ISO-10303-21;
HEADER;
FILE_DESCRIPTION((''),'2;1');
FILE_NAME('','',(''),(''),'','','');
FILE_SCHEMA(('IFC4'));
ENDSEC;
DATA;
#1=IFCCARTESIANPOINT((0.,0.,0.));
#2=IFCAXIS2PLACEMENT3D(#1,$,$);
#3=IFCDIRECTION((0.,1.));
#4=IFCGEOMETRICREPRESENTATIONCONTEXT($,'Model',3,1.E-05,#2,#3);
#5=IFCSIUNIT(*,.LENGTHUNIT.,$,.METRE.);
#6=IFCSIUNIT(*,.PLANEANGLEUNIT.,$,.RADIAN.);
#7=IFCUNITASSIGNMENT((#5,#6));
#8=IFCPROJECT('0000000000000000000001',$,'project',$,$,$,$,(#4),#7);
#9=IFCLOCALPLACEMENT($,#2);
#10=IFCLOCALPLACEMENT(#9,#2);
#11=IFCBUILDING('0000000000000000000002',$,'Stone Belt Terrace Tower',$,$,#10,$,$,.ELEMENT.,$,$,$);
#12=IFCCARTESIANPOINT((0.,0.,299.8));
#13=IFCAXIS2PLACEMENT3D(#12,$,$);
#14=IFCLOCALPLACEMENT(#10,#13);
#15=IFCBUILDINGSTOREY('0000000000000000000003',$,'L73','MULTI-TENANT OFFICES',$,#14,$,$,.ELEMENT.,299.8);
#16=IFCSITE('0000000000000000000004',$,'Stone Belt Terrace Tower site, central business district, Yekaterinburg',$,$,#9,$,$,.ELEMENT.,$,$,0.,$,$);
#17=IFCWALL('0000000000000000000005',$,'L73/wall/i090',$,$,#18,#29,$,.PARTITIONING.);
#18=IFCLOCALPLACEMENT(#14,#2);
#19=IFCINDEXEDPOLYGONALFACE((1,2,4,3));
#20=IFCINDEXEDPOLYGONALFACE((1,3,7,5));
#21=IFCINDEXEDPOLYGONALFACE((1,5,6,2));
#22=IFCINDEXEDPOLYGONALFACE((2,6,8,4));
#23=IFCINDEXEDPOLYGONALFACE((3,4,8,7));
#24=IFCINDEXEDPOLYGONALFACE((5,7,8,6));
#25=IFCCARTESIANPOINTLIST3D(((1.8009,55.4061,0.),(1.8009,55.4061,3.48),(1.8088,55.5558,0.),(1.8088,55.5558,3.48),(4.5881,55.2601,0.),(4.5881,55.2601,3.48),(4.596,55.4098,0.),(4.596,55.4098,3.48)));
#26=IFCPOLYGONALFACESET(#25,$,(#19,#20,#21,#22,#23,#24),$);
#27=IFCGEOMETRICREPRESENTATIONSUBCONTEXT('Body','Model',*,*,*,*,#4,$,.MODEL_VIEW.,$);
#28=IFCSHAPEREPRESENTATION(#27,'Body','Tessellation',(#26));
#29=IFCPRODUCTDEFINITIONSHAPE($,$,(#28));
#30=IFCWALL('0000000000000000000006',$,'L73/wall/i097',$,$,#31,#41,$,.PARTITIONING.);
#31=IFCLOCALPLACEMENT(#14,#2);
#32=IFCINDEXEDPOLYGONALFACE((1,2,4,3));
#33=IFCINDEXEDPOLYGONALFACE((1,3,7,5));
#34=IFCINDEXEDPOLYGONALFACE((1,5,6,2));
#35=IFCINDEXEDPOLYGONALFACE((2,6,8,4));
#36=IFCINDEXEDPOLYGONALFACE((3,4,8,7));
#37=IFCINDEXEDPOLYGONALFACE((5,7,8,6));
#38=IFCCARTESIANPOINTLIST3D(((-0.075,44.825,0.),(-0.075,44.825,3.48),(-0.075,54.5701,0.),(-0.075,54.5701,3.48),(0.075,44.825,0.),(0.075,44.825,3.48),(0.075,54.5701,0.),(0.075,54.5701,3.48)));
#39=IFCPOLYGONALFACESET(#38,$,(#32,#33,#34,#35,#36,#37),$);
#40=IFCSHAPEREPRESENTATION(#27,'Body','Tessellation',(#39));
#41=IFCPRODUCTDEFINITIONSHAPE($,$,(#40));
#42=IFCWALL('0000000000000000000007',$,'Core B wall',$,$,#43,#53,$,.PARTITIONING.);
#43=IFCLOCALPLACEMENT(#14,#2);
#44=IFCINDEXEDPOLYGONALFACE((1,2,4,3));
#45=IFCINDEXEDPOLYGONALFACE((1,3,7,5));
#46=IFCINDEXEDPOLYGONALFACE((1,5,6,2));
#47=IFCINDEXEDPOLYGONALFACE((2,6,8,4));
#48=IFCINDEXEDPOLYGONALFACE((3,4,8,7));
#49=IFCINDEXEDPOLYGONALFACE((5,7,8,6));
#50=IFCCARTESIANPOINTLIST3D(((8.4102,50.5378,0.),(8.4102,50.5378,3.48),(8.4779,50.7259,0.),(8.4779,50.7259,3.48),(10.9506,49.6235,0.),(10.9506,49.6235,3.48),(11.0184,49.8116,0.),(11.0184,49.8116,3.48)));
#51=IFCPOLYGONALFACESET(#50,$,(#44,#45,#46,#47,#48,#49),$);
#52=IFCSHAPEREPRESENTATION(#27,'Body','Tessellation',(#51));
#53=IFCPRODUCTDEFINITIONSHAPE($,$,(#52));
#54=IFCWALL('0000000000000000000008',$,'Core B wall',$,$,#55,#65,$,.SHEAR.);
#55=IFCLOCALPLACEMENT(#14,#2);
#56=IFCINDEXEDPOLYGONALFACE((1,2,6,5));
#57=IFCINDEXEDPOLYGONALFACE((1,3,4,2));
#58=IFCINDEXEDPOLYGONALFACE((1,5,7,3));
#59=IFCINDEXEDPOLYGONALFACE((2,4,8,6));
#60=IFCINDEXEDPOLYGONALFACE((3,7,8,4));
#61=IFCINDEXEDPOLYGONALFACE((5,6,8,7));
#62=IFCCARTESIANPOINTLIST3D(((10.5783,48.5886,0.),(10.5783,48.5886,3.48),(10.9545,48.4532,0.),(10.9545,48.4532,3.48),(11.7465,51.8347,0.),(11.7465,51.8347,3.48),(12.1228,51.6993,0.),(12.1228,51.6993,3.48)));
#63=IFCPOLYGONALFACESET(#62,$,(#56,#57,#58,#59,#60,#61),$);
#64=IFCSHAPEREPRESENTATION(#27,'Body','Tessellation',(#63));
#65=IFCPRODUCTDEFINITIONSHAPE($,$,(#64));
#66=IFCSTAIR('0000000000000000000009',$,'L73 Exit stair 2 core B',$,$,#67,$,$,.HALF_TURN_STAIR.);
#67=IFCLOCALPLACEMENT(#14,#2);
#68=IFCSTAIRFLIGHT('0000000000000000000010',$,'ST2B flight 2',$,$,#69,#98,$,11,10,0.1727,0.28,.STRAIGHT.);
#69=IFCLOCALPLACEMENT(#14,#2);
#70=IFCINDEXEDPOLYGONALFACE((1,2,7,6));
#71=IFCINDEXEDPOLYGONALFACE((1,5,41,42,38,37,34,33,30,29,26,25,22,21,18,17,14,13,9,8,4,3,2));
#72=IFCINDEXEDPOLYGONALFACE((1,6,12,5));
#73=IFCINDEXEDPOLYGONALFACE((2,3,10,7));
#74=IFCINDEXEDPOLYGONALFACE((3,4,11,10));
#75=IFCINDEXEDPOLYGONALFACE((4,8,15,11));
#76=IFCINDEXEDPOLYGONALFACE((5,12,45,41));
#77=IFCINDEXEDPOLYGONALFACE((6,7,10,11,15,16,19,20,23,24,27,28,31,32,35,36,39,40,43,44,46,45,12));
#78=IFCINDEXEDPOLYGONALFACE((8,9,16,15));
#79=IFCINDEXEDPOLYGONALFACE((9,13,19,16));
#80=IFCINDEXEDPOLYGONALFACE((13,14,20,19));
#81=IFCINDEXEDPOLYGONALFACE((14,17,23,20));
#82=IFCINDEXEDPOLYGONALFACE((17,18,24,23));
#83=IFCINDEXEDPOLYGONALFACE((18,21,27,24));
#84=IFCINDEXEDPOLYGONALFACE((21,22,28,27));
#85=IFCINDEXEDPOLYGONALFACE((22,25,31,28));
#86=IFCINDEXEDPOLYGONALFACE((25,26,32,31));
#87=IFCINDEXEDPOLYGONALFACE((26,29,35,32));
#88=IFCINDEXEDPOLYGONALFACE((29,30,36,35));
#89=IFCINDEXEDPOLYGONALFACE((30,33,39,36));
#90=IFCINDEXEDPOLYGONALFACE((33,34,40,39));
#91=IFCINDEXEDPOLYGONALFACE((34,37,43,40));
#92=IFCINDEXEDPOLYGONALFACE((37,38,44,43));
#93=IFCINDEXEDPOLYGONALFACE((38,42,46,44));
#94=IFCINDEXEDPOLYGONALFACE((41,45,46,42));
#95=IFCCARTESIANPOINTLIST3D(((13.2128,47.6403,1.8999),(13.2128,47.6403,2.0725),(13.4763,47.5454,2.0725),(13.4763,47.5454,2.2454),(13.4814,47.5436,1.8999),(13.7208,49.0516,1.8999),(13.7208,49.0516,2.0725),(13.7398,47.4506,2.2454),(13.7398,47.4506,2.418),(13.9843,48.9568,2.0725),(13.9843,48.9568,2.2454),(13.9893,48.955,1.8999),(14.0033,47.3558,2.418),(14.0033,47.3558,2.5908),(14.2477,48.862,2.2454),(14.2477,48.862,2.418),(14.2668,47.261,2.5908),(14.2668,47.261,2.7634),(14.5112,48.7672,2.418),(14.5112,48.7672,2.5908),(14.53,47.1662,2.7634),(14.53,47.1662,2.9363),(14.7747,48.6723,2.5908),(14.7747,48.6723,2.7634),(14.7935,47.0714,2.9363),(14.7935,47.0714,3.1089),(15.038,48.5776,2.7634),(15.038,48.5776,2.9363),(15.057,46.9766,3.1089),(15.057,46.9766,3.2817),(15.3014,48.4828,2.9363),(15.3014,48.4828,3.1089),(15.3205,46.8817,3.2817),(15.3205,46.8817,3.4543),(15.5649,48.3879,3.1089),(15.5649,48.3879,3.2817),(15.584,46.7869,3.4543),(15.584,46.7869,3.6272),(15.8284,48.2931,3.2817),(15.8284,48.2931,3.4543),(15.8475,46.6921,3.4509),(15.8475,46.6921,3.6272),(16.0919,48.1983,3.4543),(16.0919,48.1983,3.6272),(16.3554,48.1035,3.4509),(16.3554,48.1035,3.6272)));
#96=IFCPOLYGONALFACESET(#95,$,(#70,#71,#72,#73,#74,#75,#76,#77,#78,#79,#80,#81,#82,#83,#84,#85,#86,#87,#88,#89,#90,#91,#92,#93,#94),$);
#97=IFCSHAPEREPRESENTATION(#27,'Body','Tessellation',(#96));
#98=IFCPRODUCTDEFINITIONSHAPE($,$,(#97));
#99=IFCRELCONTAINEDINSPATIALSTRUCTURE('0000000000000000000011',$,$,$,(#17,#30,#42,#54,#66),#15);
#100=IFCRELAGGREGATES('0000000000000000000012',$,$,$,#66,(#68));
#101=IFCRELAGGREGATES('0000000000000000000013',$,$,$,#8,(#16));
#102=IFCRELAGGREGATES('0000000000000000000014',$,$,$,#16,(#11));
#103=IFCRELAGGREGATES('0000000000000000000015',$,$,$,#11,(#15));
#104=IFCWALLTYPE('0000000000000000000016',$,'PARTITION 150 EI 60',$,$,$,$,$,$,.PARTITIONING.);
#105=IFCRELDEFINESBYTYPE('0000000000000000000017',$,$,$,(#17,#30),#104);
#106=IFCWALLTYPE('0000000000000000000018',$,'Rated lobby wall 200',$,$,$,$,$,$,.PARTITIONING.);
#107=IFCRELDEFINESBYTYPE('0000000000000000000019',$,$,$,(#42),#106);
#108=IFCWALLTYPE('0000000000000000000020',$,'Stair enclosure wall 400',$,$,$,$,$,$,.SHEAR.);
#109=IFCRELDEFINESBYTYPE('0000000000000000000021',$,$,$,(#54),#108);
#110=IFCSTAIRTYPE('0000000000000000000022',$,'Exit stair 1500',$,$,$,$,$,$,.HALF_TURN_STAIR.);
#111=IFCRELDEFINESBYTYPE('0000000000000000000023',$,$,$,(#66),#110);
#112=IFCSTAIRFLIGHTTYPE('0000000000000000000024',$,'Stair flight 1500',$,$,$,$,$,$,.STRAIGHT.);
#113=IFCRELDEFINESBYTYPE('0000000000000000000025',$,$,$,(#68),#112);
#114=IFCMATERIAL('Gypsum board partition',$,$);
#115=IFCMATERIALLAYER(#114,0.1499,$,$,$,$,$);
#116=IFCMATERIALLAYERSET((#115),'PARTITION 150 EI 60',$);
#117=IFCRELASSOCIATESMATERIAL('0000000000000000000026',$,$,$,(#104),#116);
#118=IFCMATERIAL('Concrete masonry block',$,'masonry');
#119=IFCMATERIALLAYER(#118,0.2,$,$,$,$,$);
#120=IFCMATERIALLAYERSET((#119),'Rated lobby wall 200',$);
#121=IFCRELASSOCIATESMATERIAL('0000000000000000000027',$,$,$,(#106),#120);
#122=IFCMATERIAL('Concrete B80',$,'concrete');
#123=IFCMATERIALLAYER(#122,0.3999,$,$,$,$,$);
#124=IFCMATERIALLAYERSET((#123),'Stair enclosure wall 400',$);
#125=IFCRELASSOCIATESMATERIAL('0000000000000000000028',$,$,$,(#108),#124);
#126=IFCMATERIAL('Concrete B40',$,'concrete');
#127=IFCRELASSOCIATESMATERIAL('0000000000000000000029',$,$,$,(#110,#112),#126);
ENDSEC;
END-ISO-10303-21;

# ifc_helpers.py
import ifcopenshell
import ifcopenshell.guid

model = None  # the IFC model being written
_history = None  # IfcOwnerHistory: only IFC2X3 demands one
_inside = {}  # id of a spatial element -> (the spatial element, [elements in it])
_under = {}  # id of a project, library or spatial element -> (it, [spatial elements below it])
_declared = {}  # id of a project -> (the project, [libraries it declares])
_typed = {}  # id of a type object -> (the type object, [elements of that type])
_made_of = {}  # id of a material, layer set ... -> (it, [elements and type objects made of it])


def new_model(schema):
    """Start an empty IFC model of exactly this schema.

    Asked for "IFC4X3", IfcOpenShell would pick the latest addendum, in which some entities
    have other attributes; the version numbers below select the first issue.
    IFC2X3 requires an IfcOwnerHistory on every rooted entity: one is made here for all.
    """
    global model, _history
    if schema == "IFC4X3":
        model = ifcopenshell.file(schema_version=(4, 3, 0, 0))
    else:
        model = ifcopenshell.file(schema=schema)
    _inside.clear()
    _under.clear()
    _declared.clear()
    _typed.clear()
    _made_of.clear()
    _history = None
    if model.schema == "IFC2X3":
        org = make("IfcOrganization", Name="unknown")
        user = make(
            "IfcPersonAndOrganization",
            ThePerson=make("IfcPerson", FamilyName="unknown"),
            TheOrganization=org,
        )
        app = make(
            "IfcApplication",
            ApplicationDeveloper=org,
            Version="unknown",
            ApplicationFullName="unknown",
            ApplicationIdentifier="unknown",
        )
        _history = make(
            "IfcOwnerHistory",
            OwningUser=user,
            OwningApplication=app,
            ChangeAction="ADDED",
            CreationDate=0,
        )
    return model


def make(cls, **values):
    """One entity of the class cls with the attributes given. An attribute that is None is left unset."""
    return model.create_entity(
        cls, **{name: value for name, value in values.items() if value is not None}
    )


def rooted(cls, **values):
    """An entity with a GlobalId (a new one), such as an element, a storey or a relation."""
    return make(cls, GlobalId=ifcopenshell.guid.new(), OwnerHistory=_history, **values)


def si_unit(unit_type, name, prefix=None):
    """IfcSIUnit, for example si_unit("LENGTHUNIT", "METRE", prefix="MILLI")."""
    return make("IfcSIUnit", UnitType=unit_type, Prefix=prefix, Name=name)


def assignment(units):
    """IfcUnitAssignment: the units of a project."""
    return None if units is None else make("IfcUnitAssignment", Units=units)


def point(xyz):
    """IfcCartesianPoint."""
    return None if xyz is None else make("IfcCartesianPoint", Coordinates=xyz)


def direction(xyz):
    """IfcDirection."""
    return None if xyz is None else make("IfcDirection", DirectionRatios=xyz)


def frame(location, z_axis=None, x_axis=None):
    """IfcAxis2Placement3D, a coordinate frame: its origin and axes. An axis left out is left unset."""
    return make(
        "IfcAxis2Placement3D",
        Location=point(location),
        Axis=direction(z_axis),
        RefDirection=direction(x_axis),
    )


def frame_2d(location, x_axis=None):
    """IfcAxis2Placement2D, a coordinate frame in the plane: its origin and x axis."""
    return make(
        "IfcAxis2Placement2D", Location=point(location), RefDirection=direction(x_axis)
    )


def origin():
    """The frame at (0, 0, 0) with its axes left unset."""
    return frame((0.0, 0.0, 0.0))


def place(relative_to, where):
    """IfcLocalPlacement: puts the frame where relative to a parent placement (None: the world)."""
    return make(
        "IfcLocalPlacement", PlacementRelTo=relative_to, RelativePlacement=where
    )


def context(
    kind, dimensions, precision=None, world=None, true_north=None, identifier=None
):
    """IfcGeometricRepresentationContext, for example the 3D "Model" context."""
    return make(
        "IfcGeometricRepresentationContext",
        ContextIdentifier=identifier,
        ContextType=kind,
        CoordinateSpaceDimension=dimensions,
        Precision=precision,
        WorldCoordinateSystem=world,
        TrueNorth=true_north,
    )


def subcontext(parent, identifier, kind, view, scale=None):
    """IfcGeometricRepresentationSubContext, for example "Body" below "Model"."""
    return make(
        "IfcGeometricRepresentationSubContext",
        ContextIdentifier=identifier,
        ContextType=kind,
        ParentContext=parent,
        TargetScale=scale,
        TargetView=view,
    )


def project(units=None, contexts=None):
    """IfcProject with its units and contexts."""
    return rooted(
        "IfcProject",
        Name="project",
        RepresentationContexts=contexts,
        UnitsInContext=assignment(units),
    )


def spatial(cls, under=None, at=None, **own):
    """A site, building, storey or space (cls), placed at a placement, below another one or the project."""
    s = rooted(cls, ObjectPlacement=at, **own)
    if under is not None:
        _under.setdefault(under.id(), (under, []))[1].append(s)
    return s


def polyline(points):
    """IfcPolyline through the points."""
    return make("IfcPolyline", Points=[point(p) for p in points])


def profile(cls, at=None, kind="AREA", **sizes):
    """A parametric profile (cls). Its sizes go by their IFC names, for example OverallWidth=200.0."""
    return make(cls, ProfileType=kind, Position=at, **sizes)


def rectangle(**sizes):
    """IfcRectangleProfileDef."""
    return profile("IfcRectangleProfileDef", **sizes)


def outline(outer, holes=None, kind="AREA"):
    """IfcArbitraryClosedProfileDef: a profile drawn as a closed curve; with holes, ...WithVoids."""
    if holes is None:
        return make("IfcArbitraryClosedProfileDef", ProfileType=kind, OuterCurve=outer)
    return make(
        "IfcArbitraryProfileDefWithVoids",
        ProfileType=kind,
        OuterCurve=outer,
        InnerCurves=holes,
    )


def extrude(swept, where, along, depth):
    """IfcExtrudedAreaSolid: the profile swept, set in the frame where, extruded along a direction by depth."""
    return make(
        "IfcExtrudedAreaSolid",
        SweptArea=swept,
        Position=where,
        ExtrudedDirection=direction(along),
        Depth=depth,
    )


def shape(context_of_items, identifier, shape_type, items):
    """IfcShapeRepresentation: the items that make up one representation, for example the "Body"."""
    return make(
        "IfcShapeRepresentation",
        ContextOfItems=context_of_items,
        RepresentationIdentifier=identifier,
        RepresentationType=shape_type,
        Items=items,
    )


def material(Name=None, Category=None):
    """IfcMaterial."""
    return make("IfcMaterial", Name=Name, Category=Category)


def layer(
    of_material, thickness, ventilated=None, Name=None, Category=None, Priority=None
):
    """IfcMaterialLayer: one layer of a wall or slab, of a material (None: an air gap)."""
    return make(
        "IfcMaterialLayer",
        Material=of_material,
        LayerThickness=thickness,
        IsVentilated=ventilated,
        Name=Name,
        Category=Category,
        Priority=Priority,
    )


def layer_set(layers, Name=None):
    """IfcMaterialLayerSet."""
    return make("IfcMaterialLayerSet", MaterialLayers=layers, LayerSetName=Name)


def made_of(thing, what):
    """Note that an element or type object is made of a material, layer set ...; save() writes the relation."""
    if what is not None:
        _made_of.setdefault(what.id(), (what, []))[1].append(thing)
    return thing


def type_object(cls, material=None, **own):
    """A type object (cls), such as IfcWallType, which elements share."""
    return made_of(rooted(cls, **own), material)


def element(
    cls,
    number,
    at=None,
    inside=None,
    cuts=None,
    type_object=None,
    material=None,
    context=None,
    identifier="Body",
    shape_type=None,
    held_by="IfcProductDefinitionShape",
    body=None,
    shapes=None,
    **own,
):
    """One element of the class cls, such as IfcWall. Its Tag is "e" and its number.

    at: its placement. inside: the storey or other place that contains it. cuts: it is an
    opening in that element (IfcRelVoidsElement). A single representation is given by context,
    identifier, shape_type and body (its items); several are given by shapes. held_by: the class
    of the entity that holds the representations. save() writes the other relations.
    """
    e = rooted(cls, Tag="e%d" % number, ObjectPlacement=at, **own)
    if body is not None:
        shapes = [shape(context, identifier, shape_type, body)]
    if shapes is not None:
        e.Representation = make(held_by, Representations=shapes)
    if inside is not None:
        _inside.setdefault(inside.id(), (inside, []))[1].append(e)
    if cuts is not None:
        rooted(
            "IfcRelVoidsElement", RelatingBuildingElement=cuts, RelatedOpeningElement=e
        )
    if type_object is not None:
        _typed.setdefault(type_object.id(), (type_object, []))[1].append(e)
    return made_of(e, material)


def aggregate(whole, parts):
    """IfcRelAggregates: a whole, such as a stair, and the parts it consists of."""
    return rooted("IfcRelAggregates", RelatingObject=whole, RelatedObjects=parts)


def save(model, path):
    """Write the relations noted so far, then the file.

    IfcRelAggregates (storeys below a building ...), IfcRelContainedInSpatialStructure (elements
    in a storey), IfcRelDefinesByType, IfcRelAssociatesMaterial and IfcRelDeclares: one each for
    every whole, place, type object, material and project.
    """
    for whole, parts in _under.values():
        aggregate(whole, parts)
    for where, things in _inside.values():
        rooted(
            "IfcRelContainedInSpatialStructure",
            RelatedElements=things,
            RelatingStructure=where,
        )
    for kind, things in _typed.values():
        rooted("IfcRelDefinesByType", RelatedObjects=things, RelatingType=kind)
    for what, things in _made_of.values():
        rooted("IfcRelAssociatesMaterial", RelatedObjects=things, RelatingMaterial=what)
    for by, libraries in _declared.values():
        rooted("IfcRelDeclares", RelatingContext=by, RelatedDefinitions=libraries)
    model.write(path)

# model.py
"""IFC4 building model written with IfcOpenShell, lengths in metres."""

from ifc_helpers import new_model, si_unit, direction, frame, frame_2d, origin, place, context, subcontext, project, spatial, polyline, rectangle, outline, extrude, material, layer, layer_set, type_object, element, aggregate, save


model = new_model("IFC4")

# Units and contexts
model_context = context("Model", 3, precision=1e-05, world=origin(), true_north=direction((0.0, 1.0)))
body_context = subcontext(model_context, "Body", "Model", "MODEL_VIEW")
ifc_project = project(units=[si_unit("LENGTHUNIT", "METRE"), si_unit("PLANEANGLEUNIT", "RADIAN")], contexts=[model_context])

# Site, building, storey
site_placement = place(None, origin())
site = spatial("IfcSite", under=ifc_project, at=site_placement, Name="Stone Belt Terrace Tower site, central business district, Yekaterinburg", CompositionType="ELEMENT", RefElevation=0.0)
building_placement = place(site_placement, origin())
building = spatial("IfcBuilding", under=site, at=building_placement, Name="Stone Belt Terrace Tower", CompositionType="ELEMENT")
storey_placement = place(building_placement, frame((0.0, 0.0, 299.8)))
storey = spatial("IfcBuildingStorey", under=building, at=storey_placement, Name="L73", Description="MULTI-TENANT OFFICES", CompositionType="ELEMENT", Elevation=299.8)

# Shared definitions
ifc_material_1 = material(Name="Concrete B80", Category="concrete")
ifc_material_2 = material(Name="Gypsum board partition")

# Walls
ifc_layer_1 = layer(ifc_material_2, 0.1499)
ifc_layer_set_1 = layer_set([ifc_layer_1], Name="PARTITION 150 EI 60")
wall_type_1 = type_object("IfcWallType", Name="PARTITION 150 EI 60", PredefinedType="PARTITIONING", material=ifc_layer_set_1)
wall_1_placement = place(storey_placement, frame((4.592, 55.335, 0.0), z_axis=(0.0, 0.0, 1.0), x_axis=(-0.998631, 0.052311, 0.0)))
element("IfcWall", 1, at=wall_1_placement, inside=storey, type_object=wall_type_1, Name="L73/wall/i090", PredefinedType="PARTITIONING", context=body_context, shape_type="SweptSolid", body=[
    extrude(rectangle(XDim=2.791, YDim=0.1499, at=frame_2d((1.3955, 0.0))), origin(), (0.0, 0.0, 1.0), 3.48),
])
wall_2_placement = place(storey_placement, frame((0.0, 54.5701, 0.0), z_axis=(0.0, 0.0, 1.0), x_axis=(0.0, -1.0, 0.0)))
element("IfcWall", 2, at=wall_2_placement, inside=storey, type_object=wall_type_1, Name="L73/wall/i097", PredefinedType="PARTITIONING", context=body_context, shape_type="SweptSolid", body=[
    extrude(rectangle(XDim=9.7451, YDim=0.1499, at=frame_2d((4.8726, 0.0))), origin(), (0.0, 0.0, 1.0), 3.48),
])
ifc_material_3 = material(Name="Concrete masonry block", Category="masonry")
ifc_layer_2 = layer(ifc_material_3, 0.2)
ifc_layer_set_2 = layer_set([ifc_layer_2], Name="Rated lobby wall 200")
wall_type_2 = type_object("IfcWallType", Name="Rated lobby wall 200", PredefinedType="PARTITIONING", material=ifc_layer_set_2)
wall_3_placement = place(storey_placement, frame((10.9846, 49.7175, 0.0), z_axis=(0.0, 0.0, 1.0), x_axis=(-0.940921, 0.338627, 0.0)))
element("IfcWall", 3, at=wall_3_placement, inside=storey, type_object=wall_type_2, Name="Core B wall", PredefinedType="PARTITIONING", context=body_context, shape_type="SweptSolid", body=[
    extrude(rectangle(XDim=2.7, YDim=0.2, at=frame_2d((1.3501, 0.0))), origin(), (0.0, 0.0, 1.0), 3.48),
])
ifc_layer_3 = layer(ifc_material_1, 0.3999)
ifc_layer_set_3 = layer_set([ifc_layer_3], Name="Stair enclosure wall 400")
wall_type_3 = type_object("IfcWallType", Name="Stair enclosure wall 400", PredefinedType="SHEAR", material=ifc_layer_set_3)
wall_4_placement = place(storey_placement, frame((10.7664, 48.5208, 0.0), z_axis=(0.0, 0.0, 1.0), x_axis=(0.338622, 0.940923, 0.0)))
element("IfcWall", 4, at=wall_4_placement, inside=storey, type_object=wall_type_3, Name="Core B wall", PredefinedType="SHEAR", context=body_context, shape_type="SweptSolid", body=[
    extrude(rectangle(XDim=3.45, YDim=0.3999, at=frame_2d((1.7251, 0.0))), origin(), (0.0, 0.0, 1.0), 3.48),
])

# Stair, stair flight
ifc_material_4 = material(Name="Concrete B40", Category="concrete")
stair_type = type_object("IfcStairType", Name="Exit stair 1500", PredefinedType="HALF_TURN_STAIR", material=ifc_material_4)
stair_placement = place(storey_placement, origin())
stair = element("IfcStair", 5, at=stair_placement, inside=storey, type_object=stair_type, Name="L73 Exit stair 2 core B", PredefinedType="HALF_TURN_STAIR")
stair_flight_type = type_object("IfcStairFlightType", Name="Stair flight 1500", PredefinedType="STRAIGHT", material=ifc_material_4)
stair_flight_placement = place(storey_placement, frame((13.4668, 48.3459, 1.8999), z_axis=(0.0, 0.0, 1.0), x_axis=(0.940922, -0.338624, 0.0)))
stair_flight = element("IfcStairFlight", 6, at=stair_flight_placement, type_object=stair_flight_type, Name="ST2B flight 2", NumberOfRisers=11, NumberOfTreads=10, PredefinedType="STRAIGHT", RiserHeight=0.1727, TreadLength=0.28, context=body_context, shape_type="SweptSolid", body=[
    extrude(outline(polyline([(0.0, 0.0), (0.0, 0.1726), (0.28, 0.1726), (0.28, 0.3455), (0.5601, 0.3455), (0.5601, 0.5181), (0.8401, 0.5181), (0.8401, 0.6909), (1.1201, 0.6909), (1.1201, 0.8635), (1.3999, 0.8635), (1.3999, 1.0364), (1.6799, 1.0364), (1.6799, 1.209), (1.96, 1.209), (1.96, 1.3818), (2.24, 1.3818), (2.24, 1.5544), (2.52, 1.5544), (2.52, 1.7273), (2.8, 1.7273), (2.8, 1.8999), (2.8, 1.551), (0.2854, 0.0), (0.0, 0.0)])), frame((0.0, 0.75, 0.0), z_axis=(0.0, -1.0, 0.0), x_axis=(1.0, 0.0, 0.0)), (0.0, 0.0, 1.0), 1.5),
])
aggregate(stair, [stair_flight])

save(model, "model.ifc")
